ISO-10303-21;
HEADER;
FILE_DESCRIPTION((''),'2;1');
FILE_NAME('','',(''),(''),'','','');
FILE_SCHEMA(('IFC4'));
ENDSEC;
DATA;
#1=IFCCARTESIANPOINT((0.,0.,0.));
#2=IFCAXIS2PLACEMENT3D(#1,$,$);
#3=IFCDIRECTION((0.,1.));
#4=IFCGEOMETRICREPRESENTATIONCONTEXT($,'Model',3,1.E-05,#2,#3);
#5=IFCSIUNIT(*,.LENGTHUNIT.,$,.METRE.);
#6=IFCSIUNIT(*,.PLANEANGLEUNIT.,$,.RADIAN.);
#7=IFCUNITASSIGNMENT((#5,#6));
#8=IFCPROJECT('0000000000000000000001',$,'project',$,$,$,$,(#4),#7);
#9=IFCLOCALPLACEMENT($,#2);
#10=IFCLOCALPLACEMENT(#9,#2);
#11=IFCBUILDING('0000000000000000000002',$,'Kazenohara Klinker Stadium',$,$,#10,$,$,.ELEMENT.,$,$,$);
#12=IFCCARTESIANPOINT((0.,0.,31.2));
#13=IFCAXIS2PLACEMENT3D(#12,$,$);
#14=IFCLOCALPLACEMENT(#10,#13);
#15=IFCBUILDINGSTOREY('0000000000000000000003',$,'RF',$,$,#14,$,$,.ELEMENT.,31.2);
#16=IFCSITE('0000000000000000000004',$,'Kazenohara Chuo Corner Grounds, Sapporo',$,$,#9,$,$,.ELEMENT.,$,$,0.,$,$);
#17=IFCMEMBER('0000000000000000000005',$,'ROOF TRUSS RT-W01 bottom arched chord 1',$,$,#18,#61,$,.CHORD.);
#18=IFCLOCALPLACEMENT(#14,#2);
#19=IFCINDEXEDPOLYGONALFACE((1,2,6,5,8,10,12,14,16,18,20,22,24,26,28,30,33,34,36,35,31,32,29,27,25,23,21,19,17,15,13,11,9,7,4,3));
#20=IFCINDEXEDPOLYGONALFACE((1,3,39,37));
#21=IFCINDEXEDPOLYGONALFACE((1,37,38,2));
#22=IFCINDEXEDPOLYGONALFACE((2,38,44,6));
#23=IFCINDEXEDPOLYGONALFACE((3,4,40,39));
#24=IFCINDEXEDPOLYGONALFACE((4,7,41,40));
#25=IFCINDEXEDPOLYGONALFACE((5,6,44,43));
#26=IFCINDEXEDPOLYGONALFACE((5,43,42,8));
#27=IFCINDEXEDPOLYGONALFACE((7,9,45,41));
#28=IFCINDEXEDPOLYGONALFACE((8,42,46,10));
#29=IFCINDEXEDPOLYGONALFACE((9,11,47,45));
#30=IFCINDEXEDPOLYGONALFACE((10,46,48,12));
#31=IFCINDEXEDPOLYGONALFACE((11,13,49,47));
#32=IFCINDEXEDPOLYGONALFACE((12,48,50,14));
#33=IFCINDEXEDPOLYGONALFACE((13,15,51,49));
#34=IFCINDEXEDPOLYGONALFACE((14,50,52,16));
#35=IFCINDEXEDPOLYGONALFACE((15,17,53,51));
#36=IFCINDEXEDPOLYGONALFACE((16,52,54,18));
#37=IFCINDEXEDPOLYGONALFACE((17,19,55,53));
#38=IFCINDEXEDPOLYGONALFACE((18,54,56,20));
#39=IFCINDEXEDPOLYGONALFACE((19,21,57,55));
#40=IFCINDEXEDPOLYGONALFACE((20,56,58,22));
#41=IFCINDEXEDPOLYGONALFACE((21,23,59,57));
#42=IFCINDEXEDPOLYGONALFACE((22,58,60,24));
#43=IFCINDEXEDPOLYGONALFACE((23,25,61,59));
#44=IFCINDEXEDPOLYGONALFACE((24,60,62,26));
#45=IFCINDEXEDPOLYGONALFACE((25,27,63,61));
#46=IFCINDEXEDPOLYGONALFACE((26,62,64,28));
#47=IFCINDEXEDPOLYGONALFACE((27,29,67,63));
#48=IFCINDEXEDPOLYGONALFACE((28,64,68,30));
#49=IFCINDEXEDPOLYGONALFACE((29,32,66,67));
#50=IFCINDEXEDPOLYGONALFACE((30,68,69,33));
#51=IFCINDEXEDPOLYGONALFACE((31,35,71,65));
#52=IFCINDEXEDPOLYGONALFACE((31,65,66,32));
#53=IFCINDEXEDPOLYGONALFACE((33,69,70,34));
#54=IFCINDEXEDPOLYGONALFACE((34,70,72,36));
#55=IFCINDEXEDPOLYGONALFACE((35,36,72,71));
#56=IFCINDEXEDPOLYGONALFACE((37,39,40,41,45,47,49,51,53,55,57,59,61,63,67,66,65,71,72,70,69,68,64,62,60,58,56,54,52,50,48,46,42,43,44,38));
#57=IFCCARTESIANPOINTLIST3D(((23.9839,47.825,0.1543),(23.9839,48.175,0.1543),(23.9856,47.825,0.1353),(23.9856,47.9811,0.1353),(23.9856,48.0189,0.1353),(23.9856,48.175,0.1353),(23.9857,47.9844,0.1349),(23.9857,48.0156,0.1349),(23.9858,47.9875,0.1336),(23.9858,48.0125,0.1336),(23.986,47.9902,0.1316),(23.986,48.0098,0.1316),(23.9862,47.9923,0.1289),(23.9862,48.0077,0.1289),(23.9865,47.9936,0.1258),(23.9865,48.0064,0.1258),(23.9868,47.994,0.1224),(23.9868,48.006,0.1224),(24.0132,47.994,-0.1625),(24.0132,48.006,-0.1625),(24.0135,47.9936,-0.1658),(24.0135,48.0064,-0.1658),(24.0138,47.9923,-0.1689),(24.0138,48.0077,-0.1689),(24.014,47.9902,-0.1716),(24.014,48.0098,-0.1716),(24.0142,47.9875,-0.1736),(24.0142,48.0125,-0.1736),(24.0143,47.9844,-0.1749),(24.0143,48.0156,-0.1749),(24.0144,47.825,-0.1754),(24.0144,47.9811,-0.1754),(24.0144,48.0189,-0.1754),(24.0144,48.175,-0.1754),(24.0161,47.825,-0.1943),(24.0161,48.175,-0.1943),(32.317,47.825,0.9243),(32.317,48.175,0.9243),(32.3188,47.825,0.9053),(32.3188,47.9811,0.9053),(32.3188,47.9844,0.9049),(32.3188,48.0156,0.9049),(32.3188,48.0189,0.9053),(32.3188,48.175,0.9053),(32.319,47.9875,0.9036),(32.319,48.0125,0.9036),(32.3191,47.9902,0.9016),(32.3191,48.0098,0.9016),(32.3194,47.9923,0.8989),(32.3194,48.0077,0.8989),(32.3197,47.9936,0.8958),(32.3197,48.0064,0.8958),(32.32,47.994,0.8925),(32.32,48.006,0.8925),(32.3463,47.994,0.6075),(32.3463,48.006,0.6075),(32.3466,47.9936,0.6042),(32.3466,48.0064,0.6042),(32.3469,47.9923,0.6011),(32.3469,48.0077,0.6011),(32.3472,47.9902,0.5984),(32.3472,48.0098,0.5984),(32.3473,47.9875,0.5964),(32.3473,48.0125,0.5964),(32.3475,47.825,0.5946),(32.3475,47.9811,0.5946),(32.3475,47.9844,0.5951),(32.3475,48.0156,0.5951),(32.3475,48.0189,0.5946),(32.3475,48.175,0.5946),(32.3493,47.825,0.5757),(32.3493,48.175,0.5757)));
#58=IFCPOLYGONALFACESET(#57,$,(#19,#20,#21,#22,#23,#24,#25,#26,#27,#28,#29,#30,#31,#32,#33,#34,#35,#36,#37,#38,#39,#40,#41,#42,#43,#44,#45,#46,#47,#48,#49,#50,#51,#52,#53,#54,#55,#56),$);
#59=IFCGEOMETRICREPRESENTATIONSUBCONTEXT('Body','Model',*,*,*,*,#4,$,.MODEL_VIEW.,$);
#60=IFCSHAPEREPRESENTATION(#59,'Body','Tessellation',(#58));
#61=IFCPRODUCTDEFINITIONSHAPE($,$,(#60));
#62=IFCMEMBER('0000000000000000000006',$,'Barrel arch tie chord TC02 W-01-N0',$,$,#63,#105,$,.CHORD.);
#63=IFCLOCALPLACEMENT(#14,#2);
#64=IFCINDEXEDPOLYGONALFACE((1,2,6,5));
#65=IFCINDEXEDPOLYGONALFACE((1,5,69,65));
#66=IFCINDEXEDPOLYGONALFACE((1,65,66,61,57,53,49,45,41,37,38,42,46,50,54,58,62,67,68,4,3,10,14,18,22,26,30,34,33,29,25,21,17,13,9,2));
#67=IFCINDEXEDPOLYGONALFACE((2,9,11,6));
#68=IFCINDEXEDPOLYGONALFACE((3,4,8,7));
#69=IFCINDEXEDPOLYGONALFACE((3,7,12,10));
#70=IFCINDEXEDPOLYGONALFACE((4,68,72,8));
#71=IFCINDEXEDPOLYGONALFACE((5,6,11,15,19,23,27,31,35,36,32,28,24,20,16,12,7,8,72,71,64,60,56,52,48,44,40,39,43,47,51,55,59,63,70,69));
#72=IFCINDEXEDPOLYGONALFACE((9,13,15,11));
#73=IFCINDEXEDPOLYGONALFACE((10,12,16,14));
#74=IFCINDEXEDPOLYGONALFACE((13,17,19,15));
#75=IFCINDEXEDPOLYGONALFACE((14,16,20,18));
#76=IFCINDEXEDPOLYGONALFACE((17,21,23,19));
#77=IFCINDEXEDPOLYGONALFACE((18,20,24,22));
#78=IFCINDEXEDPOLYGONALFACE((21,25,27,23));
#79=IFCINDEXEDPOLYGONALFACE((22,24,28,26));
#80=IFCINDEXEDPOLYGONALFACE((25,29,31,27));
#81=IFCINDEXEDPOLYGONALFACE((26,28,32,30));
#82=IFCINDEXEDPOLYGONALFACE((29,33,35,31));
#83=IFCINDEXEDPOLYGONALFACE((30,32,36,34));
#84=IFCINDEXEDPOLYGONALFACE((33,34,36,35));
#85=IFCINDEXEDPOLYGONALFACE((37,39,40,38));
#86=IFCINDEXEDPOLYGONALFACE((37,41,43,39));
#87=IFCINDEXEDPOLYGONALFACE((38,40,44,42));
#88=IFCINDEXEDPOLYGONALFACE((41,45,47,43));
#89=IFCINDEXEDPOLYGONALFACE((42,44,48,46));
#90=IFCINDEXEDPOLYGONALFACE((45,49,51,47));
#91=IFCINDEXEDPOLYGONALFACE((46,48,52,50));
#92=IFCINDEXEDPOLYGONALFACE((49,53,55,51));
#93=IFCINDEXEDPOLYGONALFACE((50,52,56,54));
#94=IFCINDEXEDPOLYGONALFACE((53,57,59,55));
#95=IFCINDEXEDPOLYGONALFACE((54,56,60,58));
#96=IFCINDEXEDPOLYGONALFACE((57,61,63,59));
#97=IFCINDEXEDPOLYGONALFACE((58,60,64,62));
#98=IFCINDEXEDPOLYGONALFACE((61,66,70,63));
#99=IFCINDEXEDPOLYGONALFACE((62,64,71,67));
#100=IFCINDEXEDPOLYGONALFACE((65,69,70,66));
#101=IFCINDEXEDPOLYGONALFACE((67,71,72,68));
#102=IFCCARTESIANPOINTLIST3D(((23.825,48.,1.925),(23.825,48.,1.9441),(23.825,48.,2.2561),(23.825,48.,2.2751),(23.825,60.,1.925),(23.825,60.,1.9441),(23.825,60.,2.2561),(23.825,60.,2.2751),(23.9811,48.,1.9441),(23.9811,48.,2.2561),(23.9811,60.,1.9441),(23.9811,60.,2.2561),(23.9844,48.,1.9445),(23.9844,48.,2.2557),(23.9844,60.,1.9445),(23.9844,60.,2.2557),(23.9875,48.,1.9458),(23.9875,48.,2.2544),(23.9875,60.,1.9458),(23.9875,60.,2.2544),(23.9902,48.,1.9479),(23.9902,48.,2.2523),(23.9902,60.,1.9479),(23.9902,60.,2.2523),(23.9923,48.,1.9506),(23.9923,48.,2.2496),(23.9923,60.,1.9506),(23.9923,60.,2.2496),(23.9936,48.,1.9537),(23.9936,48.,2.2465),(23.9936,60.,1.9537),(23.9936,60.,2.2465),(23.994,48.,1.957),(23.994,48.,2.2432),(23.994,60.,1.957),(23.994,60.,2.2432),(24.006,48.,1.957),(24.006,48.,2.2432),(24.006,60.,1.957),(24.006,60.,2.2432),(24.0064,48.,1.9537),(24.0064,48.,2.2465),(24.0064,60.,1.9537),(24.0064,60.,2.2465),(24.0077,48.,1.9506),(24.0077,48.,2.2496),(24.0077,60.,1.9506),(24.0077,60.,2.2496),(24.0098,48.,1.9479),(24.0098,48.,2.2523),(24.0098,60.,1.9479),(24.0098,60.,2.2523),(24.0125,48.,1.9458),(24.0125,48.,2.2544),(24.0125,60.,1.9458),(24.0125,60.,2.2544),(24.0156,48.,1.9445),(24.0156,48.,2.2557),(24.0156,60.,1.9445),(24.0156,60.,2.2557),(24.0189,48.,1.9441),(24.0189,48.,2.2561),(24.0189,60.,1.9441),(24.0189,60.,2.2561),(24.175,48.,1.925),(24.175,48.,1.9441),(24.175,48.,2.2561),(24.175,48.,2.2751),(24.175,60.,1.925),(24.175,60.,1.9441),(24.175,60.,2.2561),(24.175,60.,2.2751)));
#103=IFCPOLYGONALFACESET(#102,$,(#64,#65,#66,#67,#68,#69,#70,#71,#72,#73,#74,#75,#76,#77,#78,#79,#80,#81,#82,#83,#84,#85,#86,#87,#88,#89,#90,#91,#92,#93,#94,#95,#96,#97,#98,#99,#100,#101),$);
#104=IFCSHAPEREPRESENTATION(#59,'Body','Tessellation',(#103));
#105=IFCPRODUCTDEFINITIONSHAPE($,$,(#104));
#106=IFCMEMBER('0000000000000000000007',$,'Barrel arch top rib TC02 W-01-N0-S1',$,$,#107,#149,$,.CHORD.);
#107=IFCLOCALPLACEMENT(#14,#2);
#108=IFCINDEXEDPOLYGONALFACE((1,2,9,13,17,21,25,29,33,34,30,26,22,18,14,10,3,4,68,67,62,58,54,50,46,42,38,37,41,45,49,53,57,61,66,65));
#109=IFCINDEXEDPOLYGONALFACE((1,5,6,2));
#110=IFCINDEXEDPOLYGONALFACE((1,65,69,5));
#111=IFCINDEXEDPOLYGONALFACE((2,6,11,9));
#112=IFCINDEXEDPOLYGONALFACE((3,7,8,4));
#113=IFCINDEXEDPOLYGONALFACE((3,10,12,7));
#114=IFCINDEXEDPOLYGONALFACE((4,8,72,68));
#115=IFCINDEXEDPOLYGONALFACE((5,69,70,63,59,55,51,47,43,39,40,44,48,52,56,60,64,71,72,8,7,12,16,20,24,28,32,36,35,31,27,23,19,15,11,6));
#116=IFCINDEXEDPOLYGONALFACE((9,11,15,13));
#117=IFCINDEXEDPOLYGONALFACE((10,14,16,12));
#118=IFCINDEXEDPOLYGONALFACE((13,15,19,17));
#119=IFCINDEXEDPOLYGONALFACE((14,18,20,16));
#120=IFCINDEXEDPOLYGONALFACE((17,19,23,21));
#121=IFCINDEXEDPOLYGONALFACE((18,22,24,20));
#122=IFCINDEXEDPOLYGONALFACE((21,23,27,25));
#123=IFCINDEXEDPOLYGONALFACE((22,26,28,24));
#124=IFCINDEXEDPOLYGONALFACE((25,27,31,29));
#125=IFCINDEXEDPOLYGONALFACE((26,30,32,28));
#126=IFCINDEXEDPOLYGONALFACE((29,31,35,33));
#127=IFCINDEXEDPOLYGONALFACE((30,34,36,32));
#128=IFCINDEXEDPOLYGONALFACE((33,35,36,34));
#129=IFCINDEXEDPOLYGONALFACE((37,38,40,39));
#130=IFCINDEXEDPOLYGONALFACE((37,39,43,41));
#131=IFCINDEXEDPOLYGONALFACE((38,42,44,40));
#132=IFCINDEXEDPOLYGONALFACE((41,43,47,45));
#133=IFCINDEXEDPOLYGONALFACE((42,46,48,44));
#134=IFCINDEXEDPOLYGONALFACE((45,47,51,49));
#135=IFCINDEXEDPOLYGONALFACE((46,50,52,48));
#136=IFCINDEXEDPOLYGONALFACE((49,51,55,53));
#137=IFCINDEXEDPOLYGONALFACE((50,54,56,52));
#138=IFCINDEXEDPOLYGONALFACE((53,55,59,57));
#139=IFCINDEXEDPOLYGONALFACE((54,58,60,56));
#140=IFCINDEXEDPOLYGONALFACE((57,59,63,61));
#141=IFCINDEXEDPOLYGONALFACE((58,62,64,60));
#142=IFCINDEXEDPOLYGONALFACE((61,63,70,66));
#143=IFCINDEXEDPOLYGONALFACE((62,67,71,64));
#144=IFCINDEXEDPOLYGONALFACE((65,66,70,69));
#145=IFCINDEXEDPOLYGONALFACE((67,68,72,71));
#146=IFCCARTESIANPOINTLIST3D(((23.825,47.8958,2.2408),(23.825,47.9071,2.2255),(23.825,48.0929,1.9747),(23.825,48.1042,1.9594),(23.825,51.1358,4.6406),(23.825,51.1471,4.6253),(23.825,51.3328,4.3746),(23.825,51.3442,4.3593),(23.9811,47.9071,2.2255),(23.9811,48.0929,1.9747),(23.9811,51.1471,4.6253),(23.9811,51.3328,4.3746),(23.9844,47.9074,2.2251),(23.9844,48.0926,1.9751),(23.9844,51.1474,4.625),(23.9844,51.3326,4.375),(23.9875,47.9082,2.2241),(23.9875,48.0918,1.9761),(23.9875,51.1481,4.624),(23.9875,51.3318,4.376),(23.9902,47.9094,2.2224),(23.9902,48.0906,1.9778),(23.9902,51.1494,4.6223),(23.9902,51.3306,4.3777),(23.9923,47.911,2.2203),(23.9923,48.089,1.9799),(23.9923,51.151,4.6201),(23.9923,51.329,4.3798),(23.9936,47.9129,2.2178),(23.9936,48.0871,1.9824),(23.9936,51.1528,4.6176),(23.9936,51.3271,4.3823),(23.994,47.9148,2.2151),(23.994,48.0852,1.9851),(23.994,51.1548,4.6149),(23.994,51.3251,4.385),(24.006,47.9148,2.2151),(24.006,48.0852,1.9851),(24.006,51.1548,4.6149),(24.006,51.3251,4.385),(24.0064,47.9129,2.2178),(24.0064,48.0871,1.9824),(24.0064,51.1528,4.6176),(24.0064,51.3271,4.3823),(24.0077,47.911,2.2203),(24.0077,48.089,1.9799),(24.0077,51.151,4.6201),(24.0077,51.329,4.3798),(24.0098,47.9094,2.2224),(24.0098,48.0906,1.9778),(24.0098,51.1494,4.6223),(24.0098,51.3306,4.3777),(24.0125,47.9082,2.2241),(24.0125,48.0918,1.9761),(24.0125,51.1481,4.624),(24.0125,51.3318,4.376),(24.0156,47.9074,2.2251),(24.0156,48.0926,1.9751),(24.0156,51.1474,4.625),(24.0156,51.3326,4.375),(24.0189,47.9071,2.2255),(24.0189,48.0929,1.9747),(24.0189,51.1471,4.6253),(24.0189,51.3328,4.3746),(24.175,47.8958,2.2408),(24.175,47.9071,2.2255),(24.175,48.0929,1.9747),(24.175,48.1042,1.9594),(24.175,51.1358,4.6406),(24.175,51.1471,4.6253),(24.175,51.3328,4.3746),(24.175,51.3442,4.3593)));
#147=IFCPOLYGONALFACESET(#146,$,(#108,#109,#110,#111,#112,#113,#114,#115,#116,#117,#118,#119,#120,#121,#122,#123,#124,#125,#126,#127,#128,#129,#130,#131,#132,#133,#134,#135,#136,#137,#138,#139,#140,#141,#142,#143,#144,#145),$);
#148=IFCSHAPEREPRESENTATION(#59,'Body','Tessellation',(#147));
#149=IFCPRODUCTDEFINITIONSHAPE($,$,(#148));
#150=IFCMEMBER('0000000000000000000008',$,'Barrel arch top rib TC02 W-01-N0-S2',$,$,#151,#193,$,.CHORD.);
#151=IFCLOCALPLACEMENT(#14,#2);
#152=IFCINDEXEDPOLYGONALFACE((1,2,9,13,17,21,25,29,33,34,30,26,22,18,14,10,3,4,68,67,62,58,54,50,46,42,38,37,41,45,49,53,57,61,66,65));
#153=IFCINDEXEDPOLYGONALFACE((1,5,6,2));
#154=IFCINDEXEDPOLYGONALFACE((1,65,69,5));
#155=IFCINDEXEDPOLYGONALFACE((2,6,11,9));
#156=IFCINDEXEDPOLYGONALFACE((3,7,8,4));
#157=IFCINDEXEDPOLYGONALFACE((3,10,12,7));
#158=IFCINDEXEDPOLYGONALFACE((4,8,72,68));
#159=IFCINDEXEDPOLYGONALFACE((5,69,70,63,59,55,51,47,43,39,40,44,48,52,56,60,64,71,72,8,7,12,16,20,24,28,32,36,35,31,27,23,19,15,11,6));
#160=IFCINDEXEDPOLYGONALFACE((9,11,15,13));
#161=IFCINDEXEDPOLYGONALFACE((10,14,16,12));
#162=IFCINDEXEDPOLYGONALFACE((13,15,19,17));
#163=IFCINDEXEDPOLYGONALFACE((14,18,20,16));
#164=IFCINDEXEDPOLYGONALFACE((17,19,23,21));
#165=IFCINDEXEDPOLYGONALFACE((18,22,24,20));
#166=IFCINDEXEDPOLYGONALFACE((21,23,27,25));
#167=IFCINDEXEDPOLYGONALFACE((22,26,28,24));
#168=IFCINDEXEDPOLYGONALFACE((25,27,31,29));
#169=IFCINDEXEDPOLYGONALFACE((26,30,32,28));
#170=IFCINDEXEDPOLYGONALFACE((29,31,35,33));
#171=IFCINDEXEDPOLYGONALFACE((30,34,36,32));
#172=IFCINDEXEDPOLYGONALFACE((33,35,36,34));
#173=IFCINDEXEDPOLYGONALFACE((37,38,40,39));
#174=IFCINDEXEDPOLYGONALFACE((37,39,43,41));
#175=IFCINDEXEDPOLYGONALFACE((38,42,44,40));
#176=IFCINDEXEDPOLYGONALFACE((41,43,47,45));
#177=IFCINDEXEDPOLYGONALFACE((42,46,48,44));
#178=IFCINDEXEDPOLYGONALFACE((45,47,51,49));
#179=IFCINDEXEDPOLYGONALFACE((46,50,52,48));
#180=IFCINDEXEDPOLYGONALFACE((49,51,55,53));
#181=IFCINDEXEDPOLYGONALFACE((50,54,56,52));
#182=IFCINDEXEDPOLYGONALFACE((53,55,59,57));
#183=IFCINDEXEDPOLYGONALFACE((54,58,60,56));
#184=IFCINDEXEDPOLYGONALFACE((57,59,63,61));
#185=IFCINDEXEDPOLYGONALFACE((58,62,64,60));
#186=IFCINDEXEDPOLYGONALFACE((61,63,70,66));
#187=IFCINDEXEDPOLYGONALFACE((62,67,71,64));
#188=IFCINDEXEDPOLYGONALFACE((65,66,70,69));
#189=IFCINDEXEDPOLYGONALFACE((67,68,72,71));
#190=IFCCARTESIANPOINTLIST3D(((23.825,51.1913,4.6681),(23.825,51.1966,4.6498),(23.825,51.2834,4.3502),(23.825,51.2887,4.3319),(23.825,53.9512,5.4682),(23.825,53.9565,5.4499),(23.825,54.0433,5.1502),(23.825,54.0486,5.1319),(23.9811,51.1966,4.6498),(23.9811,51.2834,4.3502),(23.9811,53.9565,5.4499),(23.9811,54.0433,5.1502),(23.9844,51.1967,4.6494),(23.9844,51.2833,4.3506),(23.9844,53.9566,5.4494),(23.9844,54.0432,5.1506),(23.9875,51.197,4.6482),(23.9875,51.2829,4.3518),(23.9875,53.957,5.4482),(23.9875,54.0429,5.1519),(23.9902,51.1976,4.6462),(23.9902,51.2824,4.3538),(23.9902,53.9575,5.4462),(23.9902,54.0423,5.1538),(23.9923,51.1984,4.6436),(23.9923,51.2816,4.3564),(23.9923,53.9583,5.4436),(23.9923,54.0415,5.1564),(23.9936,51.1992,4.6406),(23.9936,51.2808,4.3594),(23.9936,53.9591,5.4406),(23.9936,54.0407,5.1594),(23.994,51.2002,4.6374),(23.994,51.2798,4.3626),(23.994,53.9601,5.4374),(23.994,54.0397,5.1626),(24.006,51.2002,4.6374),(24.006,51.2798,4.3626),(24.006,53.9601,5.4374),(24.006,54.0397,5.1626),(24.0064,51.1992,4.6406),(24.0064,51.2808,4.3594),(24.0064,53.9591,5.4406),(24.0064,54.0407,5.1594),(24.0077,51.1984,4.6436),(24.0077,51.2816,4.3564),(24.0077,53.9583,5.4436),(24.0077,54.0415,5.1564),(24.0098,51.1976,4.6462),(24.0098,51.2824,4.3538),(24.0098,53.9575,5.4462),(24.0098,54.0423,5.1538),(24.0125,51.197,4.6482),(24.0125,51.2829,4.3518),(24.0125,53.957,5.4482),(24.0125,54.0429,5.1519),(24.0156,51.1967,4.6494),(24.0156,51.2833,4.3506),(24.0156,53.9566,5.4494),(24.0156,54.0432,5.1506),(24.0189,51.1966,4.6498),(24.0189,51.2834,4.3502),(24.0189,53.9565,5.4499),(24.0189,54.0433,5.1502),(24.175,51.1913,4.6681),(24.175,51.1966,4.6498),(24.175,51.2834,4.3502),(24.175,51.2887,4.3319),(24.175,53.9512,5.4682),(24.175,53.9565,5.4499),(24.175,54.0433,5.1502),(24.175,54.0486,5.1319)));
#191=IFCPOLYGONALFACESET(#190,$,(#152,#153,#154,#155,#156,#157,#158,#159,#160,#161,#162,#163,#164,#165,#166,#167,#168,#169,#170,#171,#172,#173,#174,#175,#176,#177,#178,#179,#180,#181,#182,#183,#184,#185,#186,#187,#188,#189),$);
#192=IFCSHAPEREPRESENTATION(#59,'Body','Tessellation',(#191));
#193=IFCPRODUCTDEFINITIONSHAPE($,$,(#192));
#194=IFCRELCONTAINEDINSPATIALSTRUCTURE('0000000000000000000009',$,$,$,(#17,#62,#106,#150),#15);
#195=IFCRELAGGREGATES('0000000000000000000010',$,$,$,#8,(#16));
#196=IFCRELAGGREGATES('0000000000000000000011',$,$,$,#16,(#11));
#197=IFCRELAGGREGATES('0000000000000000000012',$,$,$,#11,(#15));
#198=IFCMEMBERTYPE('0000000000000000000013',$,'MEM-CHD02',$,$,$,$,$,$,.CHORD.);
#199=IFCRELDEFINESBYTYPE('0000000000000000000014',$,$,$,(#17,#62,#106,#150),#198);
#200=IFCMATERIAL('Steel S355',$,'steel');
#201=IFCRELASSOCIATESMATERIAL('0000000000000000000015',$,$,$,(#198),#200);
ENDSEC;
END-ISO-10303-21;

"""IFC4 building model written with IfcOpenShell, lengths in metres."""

from ifc_helpers import new_model, si_unit, direction, frame, origin, origin_2d, place, context, subcontext, project, spatial, i_section, extrude, material, material_profile, profile_set, type_object, element, save


model = new_model("IFC4")

# Units and contexts
model_context = context("Model", 3, precision=1e-05, world=origin(), true_north=direction((0.0, 1.0)))
body_context = subcontext(model_context, "Body", "Model", "MODEL_VIEW")
ifc_project = project(units=[si_unit("LENGTHUNIT", "METRE"), si_unit("PLANEANGLEUNIT", "RADIAN")], contexts=[model_context])

# Site, building, storey
site_placement = place(None, origin())
site = spatial("IfcSite", under=ifc_project, at=site_placement, Name="Kazenohara Chuo Corner Grounds, Sapporo", CompositionType="ELEMENT", RefElevation=0.0)
building_placement = place(site_placement, origin())
building = spatial("IfcBuilding", under=site, at=building_placement, Name="Kazenohara Klinker Stadium", CompositionType="ELEMENT")
storey_placement = place(building_placement, frame((0.0, 0.0, 31.2)))
storey = spatial("IfcBuildingStorey", under=building, at=storey_placement, Name="RF", CompositionType="ELEMENT", Elevation=31.2)

# Members
ifc_material_1 = material(Name="Steel S355", Category="steel")
ifc_material_profile_1 = material_profile(ifc_material_1, i_section(OverallWidth=0.3501, OverallDepth=0.3501, WebThickness=0.012, FlangeThickness=0.019, FilletRadius=0.0129, at=origin_2d()), Name="H-350x350x12x19")
ifc_profile_set_1 = profile_set([ifc_material_profile_1], Name="Steel S355")
member_type_1 = type_object("IfcMemberType", Name="MEM-CHD02", PredefinedType="CHORD", material=ifc_profile_set_1)
member_1_placement = place(storey_placement, frame((24.0, 48.0, -0.02), z_axis=(0.995758, 0.0, 0.092011), x_axis=(0.0, 1.0, 0.0)))
element("IfcMember", 1, at=member_1_placement, inside=storey, type_object=member_type_1, Name="ROOF TRUSS RT-W01 bottom arched chord 1", PredefinedType="CHORD", context=body_context, shape_type="SweptSolid", body=[
    extrude(i_section(OverallWidth=0.3501, OverallDepth=0.3501, WebThickness=0.012, FlangeThickness=0.019, FilletRadius=0.0129, at=origin_2d()), origin(), (0.0, 0.0, 1.0), 8.3687),
])
member_2_placement = place(storey_placement, frame((24.0, 48.0, 2.1001), z_axis=(0.0, 1.0, 0.0), x_axis=(-1.0, 0.0, 0.0)))
element("IfcMember", 2, at=member_2_placement, inside=storey, type_object=member_type_1, Name="Barrel arch tie chord TC02 W-01-N0", PredefinedType="CHORD", context=body_context, shape_type="SweptSolid", body=[
    extrude(i_section(OverallWidth=0.3501, OverallDepth=0.3501, WebThickness=0.012, FlangeThickness=0.019, FilletRadius=0.0129, at=origin_2d()), origin(), (0.0, 0.0, 1.0), 12.0),
])
member_3_placement = place(storey_placement, frame((24.0, 48.0, 2.1001), z_axis=(0.0, 0.803568, 0.595213), x_axis=(-1.0, 0.0, 0.0)))
element("IfcMember", 3, at=member_3_placement, inside=storey, type_object=member_type_1, Name="Barrel arch top rib TC02 W-01-N0-S1", PredefinedType="CHORD", context=body_context, shape_type="SweptSolid", body=[
    extrude(i_section(OverallWidth=0.3501, OverallDepth=0.3501, WebThickness=0.012, FlangeThickness=0.019, FilletRadius=0.0129, at=origin_2d()), origin(), (0.0, 0.0, 1.0), 4.032),
])
member_4_placement = place(storey_placement, frame((24.0, 51.24, 4.5), z_axis=(0.0, 0.960462, 0.278411), x_axis=(-1.0, 0.0, 0.0)))
element("IfcMember", 4, at=member_4_placement, inside=storey, type_object=member_type_1, Name="Barrel arch top rib TC02 W-01-N0-S2", PredefinedType="CHORD", context=body_context, shape_type="SweptSolid", body=[
    extrude(i_section(OverallWidth=0.3501, OverallDepth=0.3501, WebThickness=0.012, FlangeThickness=0.019, FilletRadius=0.0129, at=origin_2d()), origin(), (0.0, 0.0, 1.0), 2.8735),
])

save(model, "model.ifc")
